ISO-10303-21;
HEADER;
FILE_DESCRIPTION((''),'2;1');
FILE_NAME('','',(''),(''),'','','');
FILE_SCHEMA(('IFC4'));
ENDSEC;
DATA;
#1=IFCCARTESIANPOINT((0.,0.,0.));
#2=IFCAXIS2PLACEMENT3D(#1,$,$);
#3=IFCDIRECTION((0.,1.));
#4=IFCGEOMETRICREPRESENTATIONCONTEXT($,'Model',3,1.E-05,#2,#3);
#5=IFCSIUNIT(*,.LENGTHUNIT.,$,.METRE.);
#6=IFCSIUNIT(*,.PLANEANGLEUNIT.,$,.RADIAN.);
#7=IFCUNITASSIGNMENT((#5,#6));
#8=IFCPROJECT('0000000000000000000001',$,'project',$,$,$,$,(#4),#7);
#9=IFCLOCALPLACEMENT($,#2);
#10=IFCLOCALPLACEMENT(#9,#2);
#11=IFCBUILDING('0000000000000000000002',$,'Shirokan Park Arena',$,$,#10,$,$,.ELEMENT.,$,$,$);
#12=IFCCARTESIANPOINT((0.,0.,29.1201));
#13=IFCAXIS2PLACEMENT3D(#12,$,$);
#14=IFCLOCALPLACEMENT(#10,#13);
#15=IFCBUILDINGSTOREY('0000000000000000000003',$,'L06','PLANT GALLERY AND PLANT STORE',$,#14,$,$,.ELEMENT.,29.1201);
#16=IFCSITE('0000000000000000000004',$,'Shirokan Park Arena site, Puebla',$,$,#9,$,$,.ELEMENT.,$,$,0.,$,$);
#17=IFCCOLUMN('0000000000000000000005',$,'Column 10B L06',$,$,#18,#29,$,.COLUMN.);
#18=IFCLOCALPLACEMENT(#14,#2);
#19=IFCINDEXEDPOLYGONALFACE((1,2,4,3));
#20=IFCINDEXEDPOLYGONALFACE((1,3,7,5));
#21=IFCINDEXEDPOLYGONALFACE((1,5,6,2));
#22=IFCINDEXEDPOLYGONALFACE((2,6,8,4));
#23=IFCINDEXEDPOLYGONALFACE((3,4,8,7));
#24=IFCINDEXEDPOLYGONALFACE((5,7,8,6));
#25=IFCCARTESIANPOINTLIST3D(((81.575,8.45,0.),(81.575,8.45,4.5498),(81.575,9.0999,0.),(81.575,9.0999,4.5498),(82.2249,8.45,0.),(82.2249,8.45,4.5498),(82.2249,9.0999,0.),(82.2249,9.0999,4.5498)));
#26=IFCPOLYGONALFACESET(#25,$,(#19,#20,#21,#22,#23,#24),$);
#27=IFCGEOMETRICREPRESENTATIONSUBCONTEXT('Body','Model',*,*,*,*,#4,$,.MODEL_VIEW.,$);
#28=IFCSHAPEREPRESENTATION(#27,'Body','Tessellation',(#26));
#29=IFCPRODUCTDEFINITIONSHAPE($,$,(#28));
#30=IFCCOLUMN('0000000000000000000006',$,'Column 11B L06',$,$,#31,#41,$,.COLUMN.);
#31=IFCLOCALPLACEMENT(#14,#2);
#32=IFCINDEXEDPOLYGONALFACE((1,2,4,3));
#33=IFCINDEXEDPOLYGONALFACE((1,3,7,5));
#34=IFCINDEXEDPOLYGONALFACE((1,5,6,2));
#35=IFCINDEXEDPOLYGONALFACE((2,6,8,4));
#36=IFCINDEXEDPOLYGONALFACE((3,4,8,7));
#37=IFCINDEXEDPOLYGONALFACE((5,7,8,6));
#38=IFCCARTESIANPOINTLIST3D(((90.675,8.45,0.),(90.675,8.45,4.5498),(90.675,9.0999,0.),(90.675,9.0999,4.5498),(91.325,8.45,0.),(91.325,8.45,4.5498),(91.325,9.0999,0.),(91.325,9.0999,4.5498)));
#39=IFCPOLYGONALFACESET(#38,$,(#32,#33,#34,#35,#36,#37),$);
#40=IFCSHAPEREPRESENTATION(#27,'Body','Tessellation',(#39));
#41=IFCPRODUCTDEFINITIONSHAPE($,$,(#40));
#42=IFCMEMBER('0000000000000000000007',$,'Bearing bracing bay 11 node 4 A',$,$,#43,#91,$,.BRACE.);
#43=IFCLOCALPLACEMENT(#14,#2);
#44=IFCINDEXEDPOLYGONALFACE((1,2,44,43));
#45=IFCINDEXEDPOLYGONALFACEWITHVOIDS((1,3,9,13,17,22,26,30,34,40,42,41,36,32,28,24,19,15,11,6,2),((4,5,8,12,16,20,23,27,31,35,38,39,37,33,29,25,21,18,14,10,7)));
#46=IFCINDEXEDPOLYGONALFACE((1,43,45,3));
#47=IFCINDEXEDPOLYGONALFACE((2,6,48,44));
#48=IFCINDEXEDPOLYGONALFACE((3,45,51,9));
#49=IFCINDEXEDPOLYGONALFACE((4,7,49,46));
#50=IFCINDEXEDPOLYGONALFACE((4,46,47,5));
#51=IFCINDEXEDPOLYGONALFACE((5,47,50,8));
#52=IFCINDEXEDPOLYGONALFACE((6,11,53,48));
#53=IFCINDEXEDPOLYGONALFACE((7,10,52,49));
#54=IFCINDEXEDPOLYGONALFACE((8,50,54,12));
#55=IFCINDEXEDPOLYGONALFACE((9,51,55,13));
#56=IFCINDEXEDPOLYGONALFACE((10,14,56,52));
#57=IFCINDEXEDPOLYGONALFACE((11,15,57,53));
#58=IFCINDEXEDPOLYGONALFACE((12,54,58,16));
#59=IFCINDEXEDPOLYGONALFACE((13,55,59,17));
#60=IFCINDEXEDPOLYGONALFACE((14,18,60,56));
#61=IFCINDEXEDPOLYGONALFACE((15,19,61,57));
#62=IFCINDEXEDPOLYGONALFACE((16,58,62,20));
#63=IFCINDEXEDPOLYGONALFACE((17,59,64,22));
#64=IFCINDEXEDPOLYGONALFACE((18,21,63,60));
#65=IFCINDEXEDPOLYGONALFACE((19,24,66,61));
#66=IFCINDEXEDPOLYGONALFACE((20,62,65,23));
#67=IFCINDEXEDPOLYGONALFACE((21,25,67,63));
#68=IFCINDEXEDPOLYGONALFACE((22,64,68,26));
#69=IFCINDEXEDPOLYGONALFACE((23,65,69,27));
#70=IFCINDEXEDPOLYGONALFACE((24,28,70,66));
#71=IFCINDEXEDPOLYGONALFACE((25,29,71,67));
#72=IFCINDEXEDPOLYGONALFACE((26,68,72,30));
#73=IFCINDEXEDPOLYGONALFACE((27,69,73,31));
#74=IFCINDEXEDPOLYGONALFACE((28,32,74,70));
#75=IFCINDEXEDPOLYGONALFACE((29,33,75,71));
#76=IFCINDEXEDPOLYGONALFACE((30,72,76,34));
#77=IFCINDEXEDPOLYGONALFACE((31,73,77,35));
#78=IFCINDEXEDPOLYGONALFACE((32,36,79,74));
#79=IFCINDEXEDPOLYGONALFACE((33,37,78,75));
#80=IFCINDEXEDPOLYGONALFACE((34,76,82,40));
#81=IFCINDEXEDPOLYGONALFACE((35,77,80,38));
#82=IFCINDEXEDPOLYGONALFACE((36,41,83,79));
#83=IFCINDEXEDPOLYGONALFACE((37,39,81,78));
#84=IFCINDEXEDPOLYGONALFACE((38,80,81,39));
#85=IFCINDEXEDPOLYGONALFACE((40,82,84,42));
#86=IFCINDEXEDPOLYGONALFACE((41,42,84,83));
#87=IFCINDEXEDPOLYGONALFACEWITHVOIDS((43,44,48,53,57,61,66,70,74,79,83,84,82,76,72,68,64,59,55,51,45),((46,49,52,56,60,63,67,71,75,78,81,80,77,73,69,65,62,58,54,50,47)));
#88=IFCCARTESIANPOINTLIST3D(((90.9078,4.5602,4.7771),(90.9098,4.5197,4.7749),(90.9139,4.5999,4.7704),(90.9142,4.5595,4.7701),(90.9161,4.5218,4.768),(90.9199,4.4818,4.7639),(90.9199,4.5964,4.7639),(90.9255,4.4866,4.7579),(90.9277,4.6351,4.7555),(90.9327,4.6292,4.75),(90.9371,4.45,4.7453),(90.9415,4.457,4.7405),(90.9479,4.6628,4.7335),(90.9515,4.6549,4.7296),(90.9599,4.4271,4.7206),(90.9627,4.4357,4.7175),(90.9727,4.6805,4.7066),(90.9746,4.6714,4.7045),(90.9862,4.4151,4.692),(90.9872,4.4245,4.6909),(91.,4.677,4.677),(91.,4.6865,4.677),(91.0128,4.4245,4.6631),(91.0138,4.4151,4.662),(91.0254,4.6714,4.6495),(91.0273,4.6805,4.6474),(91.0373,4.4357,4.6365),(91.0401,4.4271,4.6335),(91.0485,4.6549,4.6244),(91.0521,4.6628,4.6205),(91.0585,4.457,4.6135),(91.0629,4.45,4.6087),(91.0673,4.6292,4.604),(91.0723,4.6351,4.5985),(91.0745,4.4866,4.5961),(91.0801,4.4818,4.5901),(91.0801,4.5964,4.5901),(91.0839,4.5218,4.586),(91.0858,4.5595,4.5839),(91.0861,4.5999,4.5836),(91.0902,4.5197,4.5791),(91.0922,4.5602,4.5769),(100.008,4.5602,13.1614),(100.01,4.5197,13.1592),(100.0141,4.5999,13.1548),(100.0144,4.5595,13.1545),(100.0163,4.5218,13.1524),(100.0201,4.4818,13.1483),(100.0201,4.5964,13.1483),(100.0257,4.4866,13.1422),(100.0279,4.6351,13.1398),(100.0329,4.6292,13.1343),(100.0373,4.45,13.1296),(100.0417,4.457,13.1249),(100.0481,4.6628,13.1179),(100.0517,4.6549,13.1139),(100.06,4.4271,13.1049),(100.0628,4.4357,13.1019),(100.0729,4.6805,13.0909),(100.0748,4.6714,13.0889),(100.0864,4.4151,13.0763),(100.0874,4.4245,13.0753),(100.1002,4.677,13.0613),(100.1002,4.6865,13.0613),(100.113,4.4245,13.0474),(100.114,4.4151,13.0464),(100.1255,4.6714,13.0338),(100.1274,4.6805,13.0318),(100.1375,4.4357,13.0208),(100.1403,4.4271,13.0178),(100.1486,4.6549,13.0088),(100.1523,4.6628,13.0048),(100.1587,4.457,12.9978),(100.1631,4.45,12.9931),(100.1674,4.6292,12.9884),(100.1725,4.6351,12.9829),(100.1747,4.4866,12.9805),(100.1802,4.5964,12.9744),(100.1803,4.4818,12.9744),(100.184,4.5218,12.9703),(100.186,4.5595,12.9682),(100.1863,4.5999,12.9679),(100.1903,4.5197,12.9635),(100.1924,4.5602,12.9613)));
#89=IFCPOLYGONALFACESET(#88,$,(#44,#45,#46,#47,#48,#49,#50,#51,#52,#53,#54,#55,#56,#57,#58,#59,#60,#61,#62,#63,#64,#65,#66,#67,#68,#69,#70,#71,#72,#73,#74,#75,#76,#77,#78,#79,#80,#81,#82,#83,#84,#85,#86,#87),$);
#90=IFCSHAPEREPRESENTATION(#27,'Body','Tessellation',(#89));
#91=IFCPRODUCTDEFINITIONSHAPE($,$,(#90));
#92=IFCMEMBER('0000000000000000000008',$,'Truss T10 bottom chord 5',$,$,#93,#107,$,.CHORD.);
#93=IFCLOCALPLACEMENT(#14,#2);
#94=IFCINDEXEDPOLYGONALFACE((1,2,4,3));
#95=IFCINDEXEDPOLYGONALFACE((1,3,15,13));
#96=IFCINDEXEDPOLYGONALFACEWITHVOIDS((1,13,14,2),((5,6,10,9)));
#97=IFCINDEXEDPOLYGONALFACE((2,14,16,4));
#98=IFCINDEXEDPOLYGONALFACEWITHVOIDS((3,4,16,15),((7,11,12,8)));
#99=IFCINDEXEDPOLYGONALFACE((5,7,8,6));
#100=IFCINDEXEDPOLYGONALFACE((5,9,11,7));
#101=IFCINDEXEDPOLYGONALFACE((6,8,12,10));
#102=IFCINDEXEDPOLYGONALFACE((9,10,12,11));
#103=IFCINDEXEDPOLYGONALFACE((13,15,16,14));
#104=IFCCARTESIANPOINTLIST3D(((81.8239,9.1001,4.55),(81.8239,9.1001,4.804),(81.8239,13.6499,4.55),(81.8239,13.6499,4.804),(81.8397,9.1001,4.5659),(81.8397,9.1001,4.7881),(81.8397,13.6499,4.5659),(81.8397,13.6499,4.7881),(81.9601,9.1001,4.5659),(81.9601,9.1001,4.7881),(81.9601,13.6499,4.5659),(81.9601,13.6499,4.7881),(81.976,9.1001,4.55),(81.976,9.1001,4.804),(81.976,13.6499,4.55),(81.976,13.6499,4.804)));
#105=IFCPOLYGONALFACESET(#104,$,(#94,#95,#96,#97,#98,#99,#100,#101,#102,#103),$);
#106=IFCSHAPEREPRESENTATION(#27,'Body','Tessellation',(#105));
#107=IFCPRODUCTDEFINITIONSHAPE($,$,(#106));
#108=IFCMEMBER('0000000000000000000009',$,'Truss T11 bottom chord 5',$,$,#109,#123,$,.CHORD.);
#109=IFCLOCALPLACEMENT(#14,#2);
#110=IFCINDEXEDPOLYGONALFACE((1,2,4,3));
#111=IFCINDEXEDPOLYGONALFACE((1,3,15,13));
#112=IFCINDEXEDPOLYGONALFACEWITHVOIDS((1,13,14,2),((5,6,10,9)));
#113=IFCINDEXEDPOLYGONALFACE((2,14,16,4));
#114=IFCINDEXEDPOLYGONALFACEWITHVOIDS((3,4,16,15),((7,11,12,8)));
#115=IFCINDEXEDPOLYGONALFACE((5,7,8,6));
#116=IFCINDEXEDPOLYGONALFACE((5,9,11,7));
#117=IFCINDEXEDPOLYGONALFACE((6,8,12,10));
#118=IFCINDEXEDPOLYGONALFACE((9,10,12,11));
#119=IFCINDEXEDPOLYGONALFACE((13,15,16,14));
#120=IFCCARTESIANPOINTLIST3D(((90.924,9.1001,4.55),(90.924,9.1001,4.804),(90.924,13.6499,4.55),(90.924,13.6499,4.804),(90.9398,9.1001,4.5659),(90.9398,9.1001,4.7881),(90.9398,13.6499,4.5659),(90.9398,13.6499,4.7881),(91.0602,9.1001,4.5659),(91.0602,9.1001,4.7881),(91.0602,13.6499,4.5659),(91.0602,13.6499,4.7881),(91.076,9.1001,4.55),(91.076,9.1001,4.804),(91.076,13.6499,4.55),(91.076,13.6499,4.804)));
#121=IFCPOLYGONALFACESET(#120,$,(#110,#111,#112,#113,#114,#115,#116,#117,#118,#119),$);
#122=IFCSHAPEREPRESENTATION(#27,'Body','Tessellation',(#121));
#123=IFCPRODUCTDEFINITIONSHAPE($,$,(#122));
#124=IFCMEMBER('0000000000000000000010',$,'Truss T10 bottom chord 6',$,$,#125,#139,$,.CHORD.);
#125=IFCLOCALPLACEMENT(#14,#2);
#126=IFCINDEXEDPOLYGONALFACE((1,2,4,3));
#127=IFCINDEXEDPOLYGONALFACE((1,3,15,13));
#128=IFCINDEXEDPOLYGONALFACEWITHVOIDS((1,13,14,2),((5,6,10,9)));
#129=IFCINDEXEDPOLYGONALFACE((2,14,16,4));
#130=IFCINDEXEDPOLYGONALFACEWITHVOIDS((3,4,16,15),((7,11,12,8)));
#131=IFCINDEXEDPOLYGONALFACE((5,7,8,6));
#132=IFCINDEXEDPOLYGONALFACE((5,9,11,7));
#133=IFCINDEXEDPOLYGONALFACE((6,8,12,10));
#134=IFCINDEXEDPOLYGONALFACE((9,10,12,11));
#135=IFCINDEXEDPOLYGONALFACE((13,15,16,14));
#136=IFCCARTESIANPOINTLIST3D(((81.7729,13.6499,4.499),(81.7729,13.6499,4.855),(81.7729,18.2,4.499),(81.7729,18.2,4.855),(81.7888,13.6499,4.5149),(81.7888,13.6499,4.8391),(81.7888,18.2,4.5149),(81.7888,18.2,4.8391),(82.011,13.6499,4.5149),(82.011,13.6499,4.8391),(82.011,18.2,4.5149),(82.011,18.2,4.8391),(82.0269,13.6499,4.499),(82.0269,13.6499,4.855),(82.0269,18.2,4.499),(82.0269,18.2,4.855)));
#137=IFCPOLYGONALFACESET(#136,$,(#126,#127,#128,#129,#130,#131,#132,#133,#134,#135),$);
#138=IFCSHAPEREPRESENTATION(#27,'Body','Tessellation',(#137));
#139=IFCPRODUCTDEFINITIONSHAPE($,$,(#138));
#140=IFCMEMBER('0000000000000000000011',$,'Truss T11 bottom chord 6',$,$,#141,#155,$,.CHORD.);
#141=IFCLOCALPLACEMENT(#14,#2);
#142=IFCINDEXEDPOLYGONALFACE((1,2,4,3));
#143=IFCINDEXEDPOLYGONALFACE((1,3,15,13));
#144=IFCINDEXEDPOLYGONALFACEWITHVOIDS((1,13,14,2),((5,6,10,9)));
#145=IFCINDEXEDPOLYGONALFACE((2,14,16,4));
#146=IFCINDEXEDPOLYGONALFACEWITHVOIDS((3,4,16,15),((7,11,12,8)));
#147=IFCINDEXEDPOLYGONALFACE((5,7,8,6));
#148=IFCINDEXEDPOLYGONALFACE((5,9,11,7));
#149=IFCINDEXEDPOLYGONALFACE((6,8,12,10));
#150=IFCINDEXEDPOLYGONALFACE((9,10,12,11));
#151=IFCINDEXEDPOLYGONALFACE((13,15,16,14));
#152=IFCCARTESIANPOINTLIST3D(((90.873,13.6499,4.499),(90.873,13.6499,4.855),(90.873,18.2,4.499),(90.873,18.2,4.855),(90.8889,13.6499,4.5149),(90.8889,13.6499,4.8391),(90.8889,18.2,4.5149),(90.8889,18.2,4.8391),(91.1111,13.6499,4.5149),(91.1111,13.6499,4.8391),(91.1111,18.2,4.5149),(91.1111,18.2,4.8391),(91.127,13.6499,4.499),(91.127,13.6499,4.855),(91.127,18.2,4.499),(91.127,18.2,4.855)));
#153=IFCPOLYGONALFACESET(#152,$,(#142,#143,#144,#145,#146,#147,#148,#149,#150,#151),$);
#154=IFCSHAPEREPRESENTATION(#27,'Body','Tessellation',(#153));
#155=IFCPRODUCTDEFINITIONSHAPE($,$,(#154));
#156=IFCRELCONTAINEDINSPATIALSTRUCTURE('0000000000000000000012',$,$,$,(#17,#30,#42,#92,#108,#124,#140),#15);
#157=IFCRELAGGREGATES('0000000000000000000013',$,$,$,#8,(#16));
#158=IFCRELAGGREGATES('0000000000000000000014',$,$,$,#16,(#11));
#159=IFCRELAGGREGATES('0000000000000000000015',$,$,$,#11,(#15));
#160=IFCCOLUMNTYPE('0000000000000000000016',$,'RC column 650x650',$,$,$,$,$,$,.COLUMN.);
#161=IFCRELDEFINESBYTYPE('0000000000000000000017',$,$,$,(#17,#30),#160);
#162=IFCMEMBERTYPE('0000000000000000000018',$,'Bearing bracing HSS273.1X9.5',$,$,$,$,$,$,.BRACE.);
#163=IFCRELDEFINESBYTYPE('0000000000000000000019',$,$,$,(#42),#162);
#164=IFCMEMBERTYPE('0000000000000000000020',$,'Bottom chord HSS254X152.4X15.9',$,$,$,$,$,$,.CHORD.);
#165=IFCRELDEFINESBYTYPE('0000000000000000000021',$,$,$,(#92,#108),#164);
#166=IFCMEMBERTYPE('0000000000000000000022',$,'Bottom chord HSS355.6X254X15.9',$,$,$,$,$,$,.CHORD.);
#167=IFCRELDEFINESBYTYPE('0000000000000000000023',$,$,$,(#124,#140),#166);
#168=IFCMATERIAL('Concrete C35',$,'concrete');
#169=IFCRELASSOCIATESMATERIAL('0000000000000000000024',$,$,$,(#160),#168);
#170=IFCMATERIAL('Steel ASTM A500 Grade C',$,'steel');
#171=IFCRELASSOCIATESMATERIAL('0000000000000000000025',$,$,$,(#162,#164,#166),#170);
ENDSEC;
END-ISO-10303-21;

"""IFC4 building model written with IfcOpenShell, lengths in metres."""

from ifc_helpers import new_model, si_unit, direction, frame, origin, origin_2d, place, context, subcontext, project, spatial, rectangle, hollow_rectangle, hollow_circle, extrude, material, material_profile, profile_set, type_object, element, save


model = new_model("IFC4")

# Units and contexts
model_context = context("Model", 3, precision=1e-05, world=origin(), true_north=direction((0.0, 1.0)))
body_context = subcontext(model_context, "Body", "Model", "MODEL_VIEW")
ifc_project = project(units=[si_unit("LENGTHUNIT", "METRE"), si_unit("PLANEANGLEUNIT", "RADIAN")], contexts=[model_context])

# Site, building, storey
site_placement = place(None, origin())
site = spatial("IfcSite", under=ifc_project, at=site_placement, Name="Shirokan Park Arena site, Puebla", CompositionType="ELEMENT", RefElevation=0.0)
building_placement = place(site_placement, origin())
building = spatial("IfcBuilding", under=site, at=building_placement, Name="Shirokan Park Arena", CompositionType="ELEMENT")
storey_placement = place(building_placement, frame((0.0, 0.0, 29.1201)))
storey = spatial("IfcBuildingStorey", under=building, at=storey_placement, Name="L06", Description="PLANT GALLERY AND PLANT STORE", CompositionType="ELEMENT", Elevation=29.1201)

# Columns
ifc_material_1 = material(Name="Concrete C35", Category="concrete")
ifc_material_profile_1 = material_profile(ifc_material_1, rectangle(XDim=0.6499, YDim=0.6499, at=origin_2d()), Name="650x650")
ifc_profile_set_1 = profile_set([ifc_material_profile_1], Name="Concrete C35")
column_type = type_object("IfcColumnType", Name="RC column 650x650", PredefinedType="COLUMN", material=ifc_profile_set_1)
for number, where, z_axis, x_axis, name in (
    (1, (81.8999, 8.7749, 0.0), (0.0, 0.0, 1.0), (1.0, 0.0, 0.0), "Column 10B L06"),
    (2, (91.0, 8.7749, 0.0), (0.0, 0.0, 1.0), (1.0, 0.0, 0.0), "Column 11B L06"),
):
    element("IfcColumn", number, at=place(storey_placement, frame(where, z_axis=z_axis, x_axis=x_axis)), inside=storey, type_object=column_type, Name=name, PredefinedType="COLUMN", context=body_context, shape_type="SweptSolid", body=[
        extrude(rectangle(XDim=0.6499, YDim=0.6499, at=origin_2d()), origin(), (0.0, 0.0, 1.0), 4.5498),
    ])

# Members
ifc_material_2 = material(Name="Steel ASTM A500 Grade C", Category="steel")
ifc_material_profile_2 = material_profile(ifc_material_2, hollow_circle(Radius=0.1365, WallThickness=0.0095, at=origin_2d()), Name="HSS273.1X9.5")
ifc_profile_set_2 = profile_set([ifc_material_profile_2], Name="Steel ASTM A500 Grade C")
member_type_1 = type_object("IfcMemberType", Name="Bearing bracing HSS273.1X9.5", PredefinedType="BRACE", material=ifc_profile_set_2)
member_1_placement = place(storey_placement, frame((91.0, 4.55, 4.677), z_axis=(0.73544, 0.0, 0.67759), x_axis=(0.0, 1.0, 0.0)))
element("IfcMember", 3, at=member_1_placement, inside=storey, type_object=member_type_1, Name="Bearing bracing bay 11 node 4 A", PredefinedType="BRACE", context=body_context, shape_type="SweptSolid", body=[
    extrude(hollow_circle(Radius=0.1365, WallThickness=0.0095, at=origin_2d()), origin(), (0.0, 0.0, 1.0), 12.3738),
])
ifc_material_profile_3 = material_profile(ifc_material_2, hollow_rectangle(XDim=0.1521, YDim=0.2539, WallThickness=0.0159, at=origin_2d()), Name="HSS254X152.4X15.9")
ifc_profile_set_3 = profile_set([ifc_material_profile_3], Name="Steel ASTM A500 Grade C")
member_type_2 = type_object("IfcMemberType", Name="Bottom chord HSS254X152.4X15.9", PredefinedType="CHORD", material=ifc_profile_set_3)
for number, where, z_axis, x_axis, name in (
    (4, (81.8999, 9.1001, 4.677), (0.0, 1.0, 0.0), (-1.0, 0.0, 0.0), "Truss T10 bottom chord 5"),
    (5, (91.0, 9.1001, 4.677), (0.0, 1.0, 0.0), (-1.0, 0.0, 0.0), "Truss T11 bottom chord 5"),
):
    element("IfcMember", number, at=place(storey_placement, frame(where, z_axis=z_axis, x_axis=x_axis)), inside=storey, type_object=member_type_2, Name=name, PredefinedType="CHORD", context=body_context, shape_type="SweptSolid", body=[
        extrude(hollow_rectangle(XDim=0.1521, YDim=0.2539, WallThickness=0.0159, at=origin_2d()), origin(), (0.0, 0.0, 1.0), 4.5498),
    ])
ifc_material_profile_4 = material_profile(ifc_material_2, hollow_rectangle(XDim=0.2539, YDim=0.356, WallThickness=0.0159, at=origin_2d()), Name="HSS355.6X254X15.9")
ifc_profile_set_4 = profile_set([ifc_material_profile_4], Name="Steel ASTM A500 Grade C")
member_type_3 = type_object("IfcMemberType", Name="Bottom chord HSS355.6X254X15.9", PredefinedType="CHORD", material=ifc_profile_set_4)
for number, where, z_axis, x_axis, name in (
    (6, (81.8999, 13.6499, 4.677), (0.0, 1.0, 0.0), (-1.0, 0.0, 0.0), "Truss T10 bottom chord 6"),
    (7, (91.0, 13.6499, 4.677), (0.0, 1.0, 0.0), (-1.0, 0.0, 0.0), "Truss T11 bottom chord 6"),
):
    element("IfcMember", number, at=place(storey_placement, frame(where, z_axis=z_axis, x_axis=x_axis)), inside=storey, type_object=member_type_3, Name=name, PredefinedType="CHORD", context=body_context, shape_type="SweptSolid", body=[
        extrude(hollow_rectangle(XDim=0.2539, YDim=0.356, WallThickness=0.0159, at=origin_2d()), origin(), (0.0, 0.0, 1.0), 4.55),
    ])

save(model, "model.ifc")
